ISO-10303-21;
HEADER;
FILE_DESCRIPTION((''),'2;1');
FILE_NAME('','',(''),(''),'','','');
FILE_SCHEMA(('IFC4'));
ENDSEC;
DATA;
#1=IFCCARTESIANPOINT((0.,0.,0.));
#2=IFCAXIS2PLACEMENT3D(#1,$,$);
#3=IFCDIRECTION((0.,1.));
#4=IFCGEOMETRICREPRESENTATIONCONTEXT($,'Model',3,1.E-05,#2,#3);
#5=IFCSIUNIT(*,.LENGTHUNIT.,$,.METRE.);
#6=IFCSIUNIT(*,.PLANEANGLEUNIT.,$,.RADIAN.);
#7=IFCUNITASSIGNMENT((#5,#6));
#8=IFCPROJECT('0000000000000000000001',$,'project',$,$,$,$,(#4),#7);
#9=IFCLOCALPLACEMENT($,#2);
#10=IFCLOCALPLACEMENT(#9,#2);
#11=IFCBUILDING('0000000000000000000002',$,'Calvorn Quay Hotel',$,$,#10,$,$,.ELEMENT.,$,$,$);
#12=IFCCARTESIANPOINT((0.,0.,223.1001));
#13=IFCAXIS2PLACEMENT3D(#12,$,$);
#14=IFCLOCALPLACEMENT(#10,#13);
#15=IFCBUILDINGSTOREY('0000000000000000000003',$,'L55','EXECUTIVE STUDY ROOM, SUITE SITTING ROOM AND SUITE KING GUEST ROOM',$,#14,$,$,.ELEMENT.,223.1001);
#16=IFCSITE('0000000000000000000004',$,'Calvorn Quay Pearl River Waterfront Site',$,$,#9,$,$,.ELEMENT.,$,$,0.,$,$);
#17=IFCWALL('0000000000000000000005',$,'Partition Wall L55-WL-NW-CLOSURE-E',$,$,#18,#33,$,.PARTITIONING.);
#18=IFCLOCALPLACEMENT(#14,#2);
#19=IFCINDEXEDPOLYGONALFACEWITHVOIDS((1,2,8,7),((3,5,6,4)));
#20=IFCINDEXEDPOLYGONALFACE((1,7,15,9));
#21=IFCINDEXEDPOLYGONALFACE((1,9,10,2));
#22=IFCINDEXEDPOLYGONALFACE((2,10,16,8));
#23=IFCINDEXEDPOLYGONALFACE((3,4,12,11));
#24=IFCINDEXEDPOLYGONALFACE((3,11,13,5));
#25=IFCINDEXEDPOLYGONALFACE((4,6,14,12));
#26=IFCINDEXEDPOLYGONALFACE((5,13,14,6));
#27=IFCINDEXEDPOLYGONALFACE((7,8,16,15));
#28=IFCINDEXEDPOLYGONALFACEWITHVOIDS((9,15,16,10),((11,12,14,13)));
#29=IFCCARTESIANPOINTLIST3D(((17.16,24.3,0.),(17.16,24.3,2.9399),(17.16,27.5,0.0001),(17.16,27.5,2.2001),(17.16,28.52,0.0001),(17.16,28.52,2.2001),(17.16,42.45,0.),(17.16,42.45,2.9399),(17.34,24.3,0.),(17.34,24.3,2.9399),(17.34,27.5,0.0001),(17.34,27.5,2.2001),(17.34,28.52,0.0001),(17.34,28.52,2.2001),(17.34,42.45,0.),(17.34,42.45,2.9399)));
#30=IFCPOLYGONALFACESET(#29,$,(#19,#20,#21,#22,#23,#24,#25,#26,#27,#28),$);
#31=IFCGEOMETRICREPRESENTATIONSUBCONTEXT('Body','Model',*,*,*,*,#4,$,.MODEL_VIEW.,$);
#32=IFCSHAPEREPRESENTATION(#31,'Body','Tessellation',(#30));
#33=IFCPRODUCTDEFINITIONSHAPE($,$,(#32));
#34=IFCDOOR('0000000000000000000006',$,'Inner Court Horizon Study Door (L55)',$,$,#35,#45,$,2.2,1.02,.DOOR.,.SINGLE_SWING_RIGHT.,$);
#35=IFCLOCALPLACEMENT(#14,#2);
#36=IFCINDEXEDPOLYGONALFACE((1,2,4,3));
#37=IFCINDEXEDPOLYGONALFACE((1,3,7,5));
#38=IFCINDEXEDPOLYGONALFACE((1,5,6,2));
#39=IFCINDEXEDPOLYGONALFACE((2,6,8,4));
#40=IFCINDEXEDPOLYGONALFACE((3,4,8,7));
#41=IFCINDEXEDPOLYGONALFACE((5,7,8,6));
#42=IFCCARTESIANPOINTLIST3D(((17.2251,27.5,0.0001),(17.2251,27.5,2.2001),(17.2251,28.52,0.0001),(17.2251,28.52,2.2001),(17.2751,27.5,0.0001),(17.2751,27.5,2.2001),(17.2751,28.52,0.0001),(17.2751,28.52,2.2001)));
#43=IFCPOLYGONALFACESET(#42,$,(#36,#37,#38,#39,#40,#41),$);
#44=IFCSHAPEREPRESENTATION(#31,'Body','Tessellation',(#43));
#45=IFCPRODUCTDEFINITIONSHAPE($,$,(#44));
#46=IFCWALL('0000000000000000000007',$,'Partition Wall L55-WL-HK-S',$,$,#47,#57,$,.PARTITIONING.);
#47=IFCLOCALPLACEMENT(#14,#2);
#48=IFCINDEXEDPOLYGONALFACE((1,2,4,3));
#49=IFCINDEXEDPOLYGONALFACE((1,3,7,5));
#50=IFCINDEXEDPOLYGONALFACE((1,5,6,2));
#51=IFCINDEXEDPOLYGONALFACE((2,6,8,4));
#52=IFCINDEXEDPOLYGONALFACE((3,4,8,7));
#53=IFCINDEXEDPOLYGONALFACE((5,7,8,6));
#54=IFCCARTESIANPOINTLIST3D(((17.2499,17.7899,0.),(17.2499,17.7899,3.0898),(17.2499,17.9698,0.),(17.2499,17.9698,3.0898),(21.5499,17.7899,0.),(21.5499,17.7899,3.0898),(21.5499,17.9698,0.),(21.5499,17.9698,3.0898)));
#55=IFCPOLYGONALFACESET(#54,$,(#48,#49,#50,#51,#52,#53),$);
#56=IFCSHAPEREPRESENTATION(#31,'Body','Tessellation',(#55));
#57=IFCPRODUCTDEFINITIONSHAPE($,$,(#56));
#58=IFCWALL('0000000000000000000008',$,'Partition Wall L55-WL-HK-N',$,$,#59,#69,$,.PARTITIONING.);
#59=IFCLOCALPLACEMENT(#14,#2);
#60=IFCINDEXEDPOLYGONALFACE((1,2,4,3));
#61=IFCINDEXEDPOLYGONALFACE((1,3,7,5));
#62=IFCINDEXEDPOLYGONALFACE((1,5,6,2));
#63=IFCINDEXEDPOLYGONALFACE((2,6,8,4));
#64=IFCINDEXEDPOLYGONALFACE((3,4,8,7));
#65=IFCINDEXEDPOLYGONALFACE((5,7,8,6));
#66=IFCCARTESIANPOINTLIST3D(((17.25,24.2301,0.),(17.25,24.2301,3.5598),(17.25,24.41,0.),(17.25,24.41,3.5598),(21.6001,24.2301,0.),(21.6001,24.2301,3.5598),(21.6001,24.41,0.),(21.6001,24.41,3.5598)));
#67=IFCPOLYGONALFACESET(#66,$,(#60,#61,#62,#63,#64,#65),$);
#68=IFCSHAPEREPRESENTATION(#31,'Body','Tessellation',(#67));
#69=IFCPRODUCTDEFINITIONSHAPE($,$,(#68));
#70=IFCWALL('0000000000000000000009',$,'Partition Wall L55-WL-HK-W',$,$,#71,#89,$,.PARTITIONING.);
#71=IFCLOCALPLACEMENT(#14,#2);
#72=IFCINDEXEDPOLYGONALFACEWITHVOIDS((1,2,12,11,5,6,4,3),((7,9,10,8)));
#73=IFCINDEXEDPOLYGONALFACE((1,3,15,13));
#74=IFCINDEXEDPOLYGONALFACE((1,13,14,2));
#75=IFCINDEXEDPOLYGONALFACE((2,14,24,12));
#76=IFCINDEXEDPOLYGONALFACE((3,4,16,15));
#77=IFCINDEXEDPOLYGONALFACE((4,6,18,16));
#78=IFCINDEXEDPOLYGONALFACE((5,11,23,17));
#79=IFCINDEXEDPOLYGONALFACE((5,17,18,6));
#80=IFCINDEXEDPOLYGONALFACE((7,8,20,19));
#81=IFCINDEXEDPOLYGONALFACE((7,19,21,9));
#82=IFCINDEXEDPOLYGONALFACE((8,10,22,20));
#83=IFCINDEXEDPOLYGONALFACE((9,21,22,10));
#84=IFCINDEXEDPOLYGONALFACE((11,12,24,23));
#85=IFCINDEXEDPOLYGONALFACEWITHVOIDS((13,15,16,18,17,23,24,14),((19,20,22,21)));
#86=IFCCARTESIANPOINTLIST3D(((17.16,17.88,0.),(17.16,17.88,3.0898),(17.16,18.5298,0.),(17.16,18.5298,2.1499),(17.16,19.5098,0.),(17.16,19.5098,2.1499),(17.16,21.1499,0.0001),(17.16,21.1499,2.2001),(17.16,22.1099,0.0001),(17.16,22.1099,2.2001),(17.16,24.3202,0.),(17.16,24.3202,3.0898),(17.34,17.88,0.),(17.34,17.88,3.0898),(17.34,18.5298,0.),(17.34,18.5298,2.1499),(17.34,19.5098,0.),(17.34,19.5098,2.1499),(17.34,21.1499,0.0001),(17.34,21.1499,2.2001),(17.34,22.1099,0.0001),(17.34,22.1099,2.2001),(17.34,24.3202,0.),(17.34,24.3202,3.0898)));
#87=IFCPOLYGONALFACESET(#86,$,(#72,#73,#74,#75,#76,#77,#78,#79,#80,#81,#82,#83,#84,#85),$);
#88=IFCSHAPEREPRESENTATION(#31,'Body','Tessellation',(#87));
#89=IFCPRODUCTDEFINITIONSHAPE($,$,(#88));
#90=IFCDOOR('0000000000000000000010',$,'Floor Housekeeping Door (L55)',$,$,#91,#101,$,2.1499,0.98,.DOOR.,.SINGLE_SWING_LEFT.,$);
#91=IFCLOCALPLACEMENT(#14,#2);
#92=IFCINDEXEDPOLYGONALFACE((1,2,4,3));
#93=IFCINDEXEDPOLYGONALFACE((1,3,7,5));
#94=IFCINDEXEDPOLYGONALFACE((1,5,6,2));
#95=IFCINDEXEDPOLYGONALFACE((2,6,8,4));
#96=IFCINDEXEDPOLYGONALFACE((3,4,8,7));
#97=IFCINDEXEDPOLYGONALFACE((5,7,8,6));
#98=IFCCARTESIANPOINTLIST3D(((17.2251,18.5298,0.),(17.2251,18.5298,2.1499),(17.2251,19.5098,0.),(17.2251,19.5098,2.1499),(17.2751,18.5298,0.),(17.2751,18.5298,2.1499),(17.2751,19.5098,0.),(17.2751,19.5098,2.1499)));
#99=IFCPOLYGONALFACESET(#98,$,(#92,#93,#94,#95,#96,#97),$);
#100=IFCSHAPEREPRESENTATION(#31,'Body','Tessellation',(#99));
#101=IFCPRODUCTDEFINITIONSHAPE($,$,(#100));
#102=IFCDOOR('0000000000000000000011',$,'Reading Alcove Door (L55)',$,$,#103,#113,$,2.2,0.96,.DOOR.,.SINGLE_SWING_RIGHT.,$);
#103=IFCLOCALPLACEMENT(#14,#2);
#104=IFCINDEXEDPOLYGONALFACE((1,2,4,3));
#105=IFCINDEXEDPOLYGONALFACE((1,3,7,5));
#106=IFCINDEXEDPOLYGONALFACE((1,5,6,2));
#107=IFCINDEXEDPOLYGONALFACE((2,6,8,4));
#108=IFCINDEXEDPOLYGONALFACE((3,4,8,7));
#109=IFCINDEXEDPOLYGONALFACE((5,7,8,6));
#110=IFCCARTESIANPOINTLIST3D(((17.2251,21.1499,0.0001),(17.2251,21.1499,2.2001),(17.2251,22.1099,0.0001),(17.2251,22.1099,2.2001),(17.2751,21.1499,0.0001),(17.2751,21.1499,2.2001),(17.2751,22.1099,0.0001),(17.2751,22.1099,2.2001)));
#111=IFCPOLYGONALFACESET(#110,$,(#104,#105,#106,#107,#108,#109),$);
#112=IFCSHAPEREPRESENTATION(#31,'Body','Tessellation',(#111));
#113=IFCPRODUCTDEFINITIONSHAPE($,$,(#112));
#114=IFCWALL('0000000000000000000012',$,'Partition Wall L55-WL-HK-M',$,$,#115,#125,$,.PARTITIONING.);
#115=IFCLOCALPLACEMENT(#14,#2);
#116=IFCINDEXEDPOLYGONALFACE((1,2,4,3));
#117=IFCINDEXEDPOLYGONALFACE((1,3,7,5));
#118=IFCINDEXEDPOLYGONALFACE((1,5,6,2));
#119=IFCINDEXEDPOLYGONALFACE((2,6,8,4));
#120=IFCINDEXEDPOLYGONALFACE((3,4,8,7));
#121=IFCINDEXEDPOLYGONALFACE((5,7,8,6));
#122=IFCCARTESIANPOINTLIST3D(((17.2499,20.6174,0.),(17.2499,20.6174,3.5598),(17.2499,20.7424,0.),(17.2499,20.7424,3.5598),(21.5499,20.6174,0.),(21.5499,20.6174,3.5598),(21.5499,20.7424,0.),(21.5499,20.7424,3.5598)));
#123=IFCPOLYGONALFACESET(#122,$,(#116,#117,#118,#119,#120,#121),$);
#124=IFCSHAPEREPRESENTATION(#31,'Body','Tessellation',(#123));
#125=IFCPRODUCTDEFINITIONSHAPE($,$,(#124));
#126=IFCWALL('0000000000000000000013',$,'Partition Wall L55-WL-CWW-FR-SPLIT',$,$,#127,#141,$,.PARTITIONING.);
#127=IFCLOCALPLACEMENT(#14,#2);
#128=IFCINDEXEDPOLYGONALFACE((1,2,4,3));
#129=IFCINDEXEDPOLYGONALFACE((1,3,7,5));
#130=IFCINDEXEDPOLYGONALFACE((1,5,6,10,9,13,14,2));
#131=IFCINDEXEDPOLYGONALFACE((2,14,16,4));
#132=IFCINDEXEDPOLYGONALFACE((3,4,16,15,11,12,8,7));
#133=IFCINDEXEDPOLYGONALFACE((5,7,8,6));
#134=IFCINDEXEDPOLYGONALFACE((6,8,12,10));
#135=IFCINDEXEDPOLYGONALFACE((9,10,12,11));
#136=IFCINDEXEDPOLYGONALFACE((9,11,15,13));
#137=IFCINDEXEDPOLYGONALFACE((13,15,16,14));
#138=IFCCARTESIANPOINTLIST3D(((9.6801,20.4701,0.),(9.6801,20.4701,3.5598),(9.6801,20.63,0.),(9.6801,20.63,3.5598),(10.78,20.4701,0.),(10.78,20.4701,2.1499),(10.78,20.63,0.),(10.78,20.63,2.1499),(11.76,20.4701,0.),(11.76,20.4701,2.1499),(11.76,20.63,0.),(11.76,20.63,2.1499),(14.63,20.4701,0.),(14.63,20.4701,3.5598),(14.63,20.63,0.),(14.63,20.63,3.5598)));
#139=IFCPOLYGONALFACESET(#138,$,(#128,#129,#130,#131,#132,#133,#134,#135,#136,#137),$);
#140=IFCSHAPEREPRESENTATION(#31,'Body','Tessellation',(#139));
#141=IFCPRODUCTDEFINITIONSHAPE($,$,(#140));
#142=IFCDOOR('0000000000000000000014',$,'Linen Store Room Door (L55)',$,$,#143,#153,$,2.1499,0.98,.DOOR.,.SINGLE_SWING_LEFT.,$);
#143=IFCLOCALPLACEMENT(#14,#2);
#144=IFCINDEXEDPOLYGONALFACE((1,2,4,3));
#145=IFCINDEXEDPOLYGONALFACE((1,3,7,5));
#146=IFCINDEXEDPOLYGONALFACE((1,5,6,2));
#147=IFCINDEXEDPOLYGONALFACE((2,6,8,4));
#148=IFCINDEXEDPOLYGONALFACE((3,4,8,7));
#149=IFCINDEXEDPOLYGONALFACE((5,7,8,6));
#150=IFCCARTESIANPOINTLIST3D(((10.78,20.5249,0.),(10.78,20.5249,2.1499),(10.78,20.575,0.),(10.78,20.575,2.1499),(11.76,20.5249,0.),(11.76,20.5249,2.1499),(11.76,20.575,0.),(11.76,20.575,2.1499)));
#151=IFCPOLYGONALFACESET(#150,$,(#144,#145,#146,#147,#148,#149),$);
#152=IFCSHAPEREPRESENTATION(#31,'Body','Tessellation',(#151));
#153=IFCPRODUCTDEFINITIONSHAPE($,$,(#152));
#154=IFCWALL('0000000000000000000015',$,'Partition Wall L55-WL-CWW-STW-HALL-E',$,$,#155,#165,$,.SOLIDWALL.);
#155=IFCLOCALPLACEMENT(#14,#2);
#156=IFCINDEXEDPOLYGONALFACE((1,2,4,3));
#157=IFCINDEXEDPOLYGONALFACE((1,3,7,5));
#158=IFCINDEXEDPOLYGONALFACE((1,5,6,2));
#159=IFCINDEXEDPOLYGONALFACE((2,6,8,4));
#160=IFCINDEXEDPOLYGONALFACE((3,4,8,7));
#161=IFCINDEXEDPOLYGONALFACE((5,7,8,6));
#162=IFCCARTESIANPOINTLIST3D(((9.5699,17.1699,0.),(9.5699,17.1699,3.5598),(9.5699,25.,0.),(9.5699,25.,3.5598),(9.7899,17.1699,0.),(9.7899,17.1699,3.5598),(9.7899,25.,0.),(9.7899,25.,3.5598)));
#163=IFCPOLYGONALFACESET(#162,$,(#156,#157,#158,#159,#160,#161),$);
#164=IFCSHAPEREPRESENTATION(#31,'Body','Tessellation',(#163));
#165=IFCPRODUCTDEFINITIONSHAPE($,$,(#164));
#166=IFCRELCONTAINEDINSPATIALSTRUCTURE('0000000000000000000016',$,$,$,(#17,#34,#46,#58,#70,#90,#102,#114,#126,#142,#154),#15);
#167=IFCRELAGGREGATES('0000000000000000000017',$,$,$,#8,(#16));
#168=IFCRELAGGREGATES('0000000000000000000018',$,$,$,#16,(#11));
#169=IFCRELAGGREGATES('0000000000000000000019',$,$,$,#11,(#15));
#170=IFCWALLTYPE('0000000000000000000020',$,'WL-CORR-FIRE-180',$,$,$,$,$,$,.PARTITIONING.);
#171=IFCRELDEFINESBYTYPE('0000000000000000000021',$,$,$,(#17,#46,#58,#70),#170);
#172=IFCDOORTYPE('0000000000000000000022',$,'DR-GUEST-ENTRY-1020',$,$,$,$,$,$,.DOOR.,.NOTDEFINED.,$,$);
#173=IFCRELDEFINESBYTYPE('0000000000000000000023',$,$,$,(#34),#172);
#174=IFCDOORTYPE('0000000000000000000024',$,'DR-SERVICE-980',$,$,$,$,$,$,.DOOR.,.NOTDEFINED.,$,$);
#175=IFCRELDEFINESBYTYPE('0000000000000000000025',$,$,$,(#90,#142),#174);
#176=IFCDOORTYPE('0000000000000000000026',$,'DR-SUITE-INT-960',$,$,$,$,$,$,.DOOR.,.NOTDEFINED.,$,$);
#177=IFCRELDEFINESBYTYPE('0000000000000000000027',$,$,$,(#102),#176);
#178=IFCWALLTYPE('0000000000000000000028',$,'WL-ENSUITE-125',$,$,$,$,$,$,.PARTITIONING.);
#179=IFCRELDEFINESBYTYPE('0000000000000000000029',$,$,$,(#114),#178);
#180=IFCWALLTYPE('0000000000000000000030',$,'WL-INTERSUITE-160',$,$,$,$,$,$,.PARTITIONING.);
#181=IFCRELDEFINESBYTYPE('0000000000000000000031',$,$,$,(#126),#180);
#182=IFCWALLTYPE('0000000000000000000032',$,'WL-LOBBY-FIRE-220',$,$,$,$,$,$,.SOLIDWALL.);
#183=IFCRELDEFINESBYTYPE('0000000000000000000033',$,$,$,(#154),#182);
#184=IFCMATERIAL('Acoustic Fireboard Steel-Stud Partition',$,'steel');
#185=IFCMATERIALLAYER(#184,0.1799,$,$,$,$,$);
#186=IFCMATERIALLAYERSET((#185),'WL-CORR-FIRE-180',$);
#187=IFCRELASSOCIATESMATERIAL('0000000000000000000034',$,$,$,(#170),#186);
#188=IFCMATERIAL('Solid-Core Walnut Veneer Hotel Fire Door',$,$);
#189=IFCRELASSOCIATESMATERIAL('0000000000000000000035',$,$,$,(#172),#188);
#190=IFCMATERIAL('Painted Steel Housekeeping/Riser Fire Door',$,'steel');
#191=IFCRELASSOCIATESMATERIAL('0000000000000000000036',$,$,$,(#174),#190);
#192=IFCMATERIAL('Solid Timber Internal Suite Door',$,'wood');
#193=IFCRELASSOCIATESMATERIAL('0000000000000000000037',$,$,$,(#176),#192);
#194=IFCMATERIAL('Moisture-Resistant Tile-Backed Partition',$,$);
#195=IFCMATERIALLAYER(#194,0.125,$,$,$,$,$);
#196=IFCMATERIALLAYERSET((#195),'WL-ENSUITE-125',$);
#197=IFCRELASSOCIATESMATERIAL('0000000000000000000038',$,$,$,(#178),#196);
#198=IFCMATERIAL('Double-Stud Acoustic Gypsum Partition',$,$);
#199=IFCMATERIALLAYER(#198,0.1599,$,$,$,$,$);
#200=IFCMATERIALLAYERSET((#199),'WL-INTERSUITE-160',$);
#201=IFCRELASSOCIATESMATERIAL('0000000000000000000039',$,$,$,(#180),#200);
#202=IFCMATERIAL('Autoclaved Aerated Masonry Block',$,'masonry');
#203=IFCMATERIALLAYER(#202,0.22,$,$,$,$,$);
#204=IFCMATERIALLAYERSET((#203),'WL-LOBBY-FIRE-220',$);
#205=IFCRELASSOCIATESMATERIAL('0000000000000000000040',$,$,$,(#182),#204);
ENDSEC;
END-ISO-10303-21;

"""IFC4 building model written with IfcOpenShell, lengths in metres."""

from ifc_helpers import new_model, si_unit, direction, frame, frame_2d, origin, place, context, subcontext, project, spatial, rectangle, extrude, material, layer, layer_set, type_object, element, fill, save


model = new_model("IFC4")

# Units and contexts
model_context = context("Model", 3, precision=1e-05, world=origin(), true_north=direction((0.0, 1.0)))
body_context = subcontext(model_context, "Body", "Model", "MODEL_VIEW")
ifc_project = project(units=[si_unit("LENGTHUNIT", "METRE"), si_unit("PLANEANGLEUNIT", "RADIAN")], contexts=[model_context])

# Site, building, storey
site_placement = place(None, origin())
site = spatial("IfcSite", under=ifc_project, at=site_placement, Name="Calvorn Quay Pearl River Waterfront Site", CompositionType="ELEMENT", RefElevation=0.0)
building_placement = place(site_placement, origin())
building = spatial("IfcBuilding", under=site, at=building_placement, Name="Calvorn Quay Hotel", CompositionType="ELEMENT")
storey_placement = place(building_placement, frame((0.0, 0.0, 223.1001)))
storey = spatial("IfcBuildingStorey", under=building, at=storey_placement, Name="L55", Description="EXECUTIVE STUDY ROOM, SUITE SITTING ROOM AND SUITE KING GUEST ROOM", CompositionType="ELEMENT", Elevation=223.1001)

# Wall, opening, door
ifc_material_1 = material(Name="Acoustic Fireboard Steel-Stud Partition", Category="steel")
ifc_layer_1 = layer(ifc_material_1, 0.1799)
ifc_layer_set_1 = layer_set([ifc_layer_1], Name="WL-CORR-FIRE-180")
wall_type_1 = type_object("IfcWallType", Name="WL-CORR-FIRE-180", PredefinedType="PARTITIONING", material=ifc_layer_set_1)
wall_1_placement = place(storey_placement, frame((17.25, 24.3, 0.0), z_axis=(0.0, 0.0, 1.0), x_axis=(0.0, 1.0, 0.0)))
wall_1 = element("IfcWall", 1, at=wall_1_placement, inside=storey, type_object=wall_type_1, Name="Partition Wall L55-WL-NW-CLOSURE-E", PredefinedType="PARTITIONING", context=body_context, shape_type="SweptSolid", body=[
    extrude(rectangle(XDim=18.1499, YDim=0.1799, at=frame_2d((9.075, 0.0))), origin(), (0.0, 0.0, 1.0), 2.9399),
])
opening_1_placement = place(wall_1_placement, frame((3.2, 0.0, 0.0)))
opening_1 = element("IfcOpeningElement", 2, at=opening_1_placement, cuts=wall_1, PredefinedType="OPENING", context=body_context, shape_type="SweptSolid", body=[
    extrude(rectangle(XDim=1.02, YDim=2.2, at=frame_2d((0.51, 1.1001))), frame((0.0, 0.0999, 0.0), z_axis=(0.0, -1.0, 0.0), x_axis=(1.0, 0.0, 0.0)), (0.0, 0.0, 1.0), 0.2),
])
ifc_material_2 = material(Name="Solid-Core Walnut Veneer Hotel Fire Door")
door_type_1 = type_object("IfcDoorType", Name="DR-GUEST-ENTRY-1020", OperationType="NOTDEFINED", PredefinedType="DOOR", material=ifc_material_2)
door_1_placement = place(opening_1_placement, origin())
door_1 = element("IfcDoor", 3, at=door_1_placement, inside=storey, type_object=door_type_1, Name="Inner Court Horizon Study Door (L55)", OperationType="SINGLE_SWING_RIGHT", OverallHeight=2.2, OverallWidth=1.02, PredefinedType="DOOR", context=body_context, shape_type="SweptSolid", body=[
    extrude(rectangle(XDim=1.02, YDim=2.2, at=frame_2d((0.51, 1.1001))), frame((0.0, 0.0249, 0.0), z_axis=(0.0, -1.0, 0.0), x_axis=(1.0, 0.0, 0.0)), (0.0, 0.0, 1.0), 0.05),
])
fill(opening_1, door_1)

# Walls
wall_2_placement = place(storey_placement, frame((17.25, 17.8799, 0.0), z_axis=(0.0, 0.0, 1.0), x_axis=(1.0, 0.0, 0.0)))
element("IfcWall", 4, at=wall_2_placement, inside=storey, type_object=wall_type_1, Name="Partition Wall L55-WL-HK-S", PredefinedType="PARTITIONING", context=body_context, shape_type="SweptSolid", body=[
    extrude(rectangle(XDim=4.3, YDim=0.1799, at=frame_2d((2.1499, 0.0))), origin(), (0.0, 0.0, 1.0), 3.0898),
])
wall_3_placement = place(storey_placement, frame((17.25, 24.3201, 0.0), z_axis=(0.0, 0.0, 1.0), x_axis=(1.0, 0.0, 0.0)))
element("IfcWall", 5, at=wall_3_placement, inside=storey, type_object=wall_type_1, Name="Partition Wall L55-WL-HK-N", PredefinedType="PARTITIONING", context=body_context, shape_type="SweptSolid", body=[
    extrude(rectangle(XDim=4.3501, YDim=0.1799, at=frame_2d((2.175, 0.0))), origin(), (0.0, 0.0, 1.0), 3.5598),
])

# Wall, openings, doors
wall_4_placement = place(storey_placement, frame((17.25, 17.8799, 0.0), z_axis=(0.0, 0.0, 1.0), x_axis=(0.0, 1.0, 0.0)))
wall_4 = element("IfcWall", 6, at=wall_4_placement, inside=storey, type_object=wall_type_1, Name="Partition Wall L55-WL-HK-W", PredefinedType="PARTITIONING", context=body_context, shape_type="SweptSolid", body=[
    extrude(rectangle(XDim=6.4402, YDim=0.1799, at=frame_2d((3.2202, 0.0))), origin(), (0.0, 0.0, 1.0), 3.0898),
])
opening_2_placement = place(wall_4_placement, frame((0.6499, 0.0, 0.0)))
opening_2 = element("IfcOpeningElement", 7, at=opening_2_placement, cuts=wall_4, PredefinedType="OPENING", context=body_context, shape_type="SweptSolid", body=[
    extrude(rectangle(XDim=0.98, YDim=2.1499, at=frame_2d((0.49, 1.075))), frame((0.0, 0.0999, 0.0), z_axis=(0.0, -1.0, 0.0), x_axis=(1.0, 0.0, 0.0)), (0.0, 0.0, 1.0), 0.2),
])
opening_3_placement = place(wall_4_placement, frame((3.27, 0.0, 0.0)))
opening_3 = element("IfcOpeningElement", 8, at=opening_3_placement, cuts=wall_4, PredefinedType="OPENING", context=body_context, shape_type="SweptSolid", body=[
    extrude(rectangle(XDim=0.96, YDim=2.2, at=frame_2d((0.48, 1.1001))), frame((0.0, 0.0999, 0.0), z_axis=(0.0, -1.0, 0.0), x_axis=(1.0, 0.0, 0.0)), (0.0, 0.0, 1.0), 0.2),
])
ifc_material_3 = material(Name="Painted Steel Housekeeping/Riser Fire Door", Category="steel")
door_type_2 = type_object("IfcDoorType", Name="DR-SERVICE-980", OperationType="NOTDEFINED", PredefinedType="DOOR", material=ifc_material_3)
door_2_placement = place(opening_2_placement, origin())
door_2 = element("IfcDoor", 9, at=door_2_placement, inside=storey, type_object=door_type_2, Name="Floor Housekeeping Door (L55)", OperationType="SINGLE_SWING_LEFT", OverallHeight=2.1499, OverallWidth=0.98, PredefinedType="DOOR", context=body_context, shape_type="SweptSolid", body=[
    extrude(rectangle(XDim=0.98, YDim=2.1499, at=frame_2d((0.49, 1.075))), frame((0.0, 0.0249, 0.0), z_axis=(0.0, -1.0, 0.0), x_axis=(1.0, 0.0, 0.0)), (0.0, 0.0, 1.0), 0.05),
])
fill(opening_2, door_2)
ifc_material_4 = material(Name="Solid Timber Internal Suite Door", Category="wood")
door_type_3 = type_object("IfcDoorType", Name="DR-SUITE-INT-960", OperationType="NOTDEFINED", PredefinedType="DOOR", material=ifc_material_4)
door_3_placement = place(opening_3_placement, origin())
door_3 = element("IfcDoor", 10, at=door_3_placement, inside=storey, type_object=door_type_3, Name="Reading Alcove Door (L55)", OperationType="SINGLE_SWING_RIGHT", OverallHeight=2.2, OverallWidth=0.96, PredefinedType="DOOR", context=body_context, shape_type="SweptSolid", body=[
    extrude(rectangle(XDim=0.96, YDim=2.2, at=frame_2d((0.48, 1.1001))), frame((0.0, 0.0249, 0.0), z_axis=(0.0, -1.0, 0.0), x_axis=(1.0, 0.0, 0.0)), (0.0, 0.0, 1.0), 0.05),
])
fill(opening_3, door_3)

# Wall
ifc_material_5 = material(Name="Moisture-Resistant Tile-Backed Partition")
ifc_layer_2 = layer(ifc_material_5, 0.125)
ifc_layer_set_2 = layer_set([ifc_layer_2], Name="WL-ENSUITE-125")
wall_type_2 = type_object("IfcWallType", Name="WL-ENSUITE-125", PredefinedType="PARTITIONING", material=ifc_layer_set_2)
wall_5_placement = place(storey_placement, frame((17.25, 20.6799, 0.0), z_axis=(0.0, 0.0, 1.0), x_axis=(1.0, 0.0, 0.0)))
element("IfcWall", 11, at=wall_5_placement, inside=storey, type_object=wall_type_2, Name="Partition Wall L55-WL-HK-M", PredefinedType="PARTITIONING", context=body_context, shape_type="SweptSolid", body=[
    extrude(rectangle(XDim=4.3, YDim=0.125, at=frame_2d((2.1499, 0.0))), origin(), (0.0, 0.0, 1.0), 3.5598),
])

# Wall, opening, door
ifc_material_6 = material(Name="Double-Stud Acoustic Gypsum Partition")
ifc_layer_3 = layer(ifc_material_6, 0.1599)
ifc_layer_set_3 = layer_set([ifc_layer_3], Name="WL-INTERSUITE-160")
wall_type_3 = type_object("IfcWallType", Name="WL-INTERSUITE-160", PredefinedType="PARTITIONING", material=ifc_layer_set_3)
wall_6_placement = place(storey_placement, frame((9.6799, 20.55, 0.0), z_axis=(0.0, 0.0, 1.0), x_axis=(1.0, 0.0, 0.0)))
wall_6 = element("IfcWall", 12, at=wall_6_placement, inside=storey, type_object=wall_type_3, Name="Partition Wall L55-WL-CWW-FR-SPLIT", PredefinedType="PARTITIONING", context=body_context, shape_type="SweptSolid", body=[
    extrude(rectangle(XDim=4.95, YDim=0.1599, at=frame_2d((2.4751, 0.0))), origin(), (0.0, 0.0, 1.0), 3.5598),
])
opening_4_placement = place(wall_6_placement, frame((1.1001, 0.0, 0.0)))
opening_4 = element("IfcOpeningElement", 13, at=opening_4_placement, cuts=wall_6, PredefinedType="OPENING", context=body_context, shape_type="SweptSolid", body=[
    extrude(rectangle(XDim=0.98, YDim=2.1499, at=frame_2d((0.49, 1.075))), frame((0.0, 0.0898, 0.0), z_axis=(0.0, -1.0, 0.0), x_axis=(1.0, 0.0, 0.0)), (0.0, 0.0, 1.0), 0.1799),
])
door_4_placement = place(opening_4_placement, origin())
door_4 = element("IfcDoor", 14, at=door_4_placement, inside=storey, type_object=door_type_2, Name="Linen Store Room Door (L55)", OperationType="SINGLE_SWING_LEFT", OverallHeight=2.1499, OverallWidth=0.98, PredefinedType="DOOR", context=body_context, shape_type="SweptSolid", body=[
    extrude(rectangle(XDim=0.98, YDim=2.1499, at=frame_2d((0.49, 1.075))), frame((0.0, 0.0249, 0.0), z_axis=(0.0, -1.0, 0.0), x_axis=(1.0, 0.0, 0.0)), (0.0, 0.0, 1.0), 0.05),
])
fill(opening_4, door_4)

# Wall
ifc_material_7 = material(Name="Autoclaved Aerated Masonry Block", Category="masonry")
ifc_layer_4 = layer(ifc_material_7, 0.22)
ifc_layer_set_4 = layer_set([ifc_layer_4], Name="WL-LOBBY-FIRE-220")
wall_type_4 = type_object("IfcWallType", Name="WL-LOBBY-FIRE-220", PredefinedType="SOLIDWALL", material=ifc_layer_set_4)
wall_7_placement = place(storey_placement, frame((9.6799, 17.1699, 0.0), z_axis=(0.0, 0.0, 1.0), x_axis=(0.0, 1.0, 0.0)))
element("IfcWall", 15, at=wall_7_placement, inside=storey, type_object=wall_type_4, Name="Partition Wall L55-WL-CWW-STW-HALL-E", PredefinedType="SOLIDWALL", context=body_context, shape_type="SweptSolid", body=[
    extrude(rectangle(XDim=7.8301, YDim=0.22, at=frame_2d((3.915, 0.0))), origin(), (0.0, 0.0, 1.0), 3.5598),
])

save(model, "model.ifc")
